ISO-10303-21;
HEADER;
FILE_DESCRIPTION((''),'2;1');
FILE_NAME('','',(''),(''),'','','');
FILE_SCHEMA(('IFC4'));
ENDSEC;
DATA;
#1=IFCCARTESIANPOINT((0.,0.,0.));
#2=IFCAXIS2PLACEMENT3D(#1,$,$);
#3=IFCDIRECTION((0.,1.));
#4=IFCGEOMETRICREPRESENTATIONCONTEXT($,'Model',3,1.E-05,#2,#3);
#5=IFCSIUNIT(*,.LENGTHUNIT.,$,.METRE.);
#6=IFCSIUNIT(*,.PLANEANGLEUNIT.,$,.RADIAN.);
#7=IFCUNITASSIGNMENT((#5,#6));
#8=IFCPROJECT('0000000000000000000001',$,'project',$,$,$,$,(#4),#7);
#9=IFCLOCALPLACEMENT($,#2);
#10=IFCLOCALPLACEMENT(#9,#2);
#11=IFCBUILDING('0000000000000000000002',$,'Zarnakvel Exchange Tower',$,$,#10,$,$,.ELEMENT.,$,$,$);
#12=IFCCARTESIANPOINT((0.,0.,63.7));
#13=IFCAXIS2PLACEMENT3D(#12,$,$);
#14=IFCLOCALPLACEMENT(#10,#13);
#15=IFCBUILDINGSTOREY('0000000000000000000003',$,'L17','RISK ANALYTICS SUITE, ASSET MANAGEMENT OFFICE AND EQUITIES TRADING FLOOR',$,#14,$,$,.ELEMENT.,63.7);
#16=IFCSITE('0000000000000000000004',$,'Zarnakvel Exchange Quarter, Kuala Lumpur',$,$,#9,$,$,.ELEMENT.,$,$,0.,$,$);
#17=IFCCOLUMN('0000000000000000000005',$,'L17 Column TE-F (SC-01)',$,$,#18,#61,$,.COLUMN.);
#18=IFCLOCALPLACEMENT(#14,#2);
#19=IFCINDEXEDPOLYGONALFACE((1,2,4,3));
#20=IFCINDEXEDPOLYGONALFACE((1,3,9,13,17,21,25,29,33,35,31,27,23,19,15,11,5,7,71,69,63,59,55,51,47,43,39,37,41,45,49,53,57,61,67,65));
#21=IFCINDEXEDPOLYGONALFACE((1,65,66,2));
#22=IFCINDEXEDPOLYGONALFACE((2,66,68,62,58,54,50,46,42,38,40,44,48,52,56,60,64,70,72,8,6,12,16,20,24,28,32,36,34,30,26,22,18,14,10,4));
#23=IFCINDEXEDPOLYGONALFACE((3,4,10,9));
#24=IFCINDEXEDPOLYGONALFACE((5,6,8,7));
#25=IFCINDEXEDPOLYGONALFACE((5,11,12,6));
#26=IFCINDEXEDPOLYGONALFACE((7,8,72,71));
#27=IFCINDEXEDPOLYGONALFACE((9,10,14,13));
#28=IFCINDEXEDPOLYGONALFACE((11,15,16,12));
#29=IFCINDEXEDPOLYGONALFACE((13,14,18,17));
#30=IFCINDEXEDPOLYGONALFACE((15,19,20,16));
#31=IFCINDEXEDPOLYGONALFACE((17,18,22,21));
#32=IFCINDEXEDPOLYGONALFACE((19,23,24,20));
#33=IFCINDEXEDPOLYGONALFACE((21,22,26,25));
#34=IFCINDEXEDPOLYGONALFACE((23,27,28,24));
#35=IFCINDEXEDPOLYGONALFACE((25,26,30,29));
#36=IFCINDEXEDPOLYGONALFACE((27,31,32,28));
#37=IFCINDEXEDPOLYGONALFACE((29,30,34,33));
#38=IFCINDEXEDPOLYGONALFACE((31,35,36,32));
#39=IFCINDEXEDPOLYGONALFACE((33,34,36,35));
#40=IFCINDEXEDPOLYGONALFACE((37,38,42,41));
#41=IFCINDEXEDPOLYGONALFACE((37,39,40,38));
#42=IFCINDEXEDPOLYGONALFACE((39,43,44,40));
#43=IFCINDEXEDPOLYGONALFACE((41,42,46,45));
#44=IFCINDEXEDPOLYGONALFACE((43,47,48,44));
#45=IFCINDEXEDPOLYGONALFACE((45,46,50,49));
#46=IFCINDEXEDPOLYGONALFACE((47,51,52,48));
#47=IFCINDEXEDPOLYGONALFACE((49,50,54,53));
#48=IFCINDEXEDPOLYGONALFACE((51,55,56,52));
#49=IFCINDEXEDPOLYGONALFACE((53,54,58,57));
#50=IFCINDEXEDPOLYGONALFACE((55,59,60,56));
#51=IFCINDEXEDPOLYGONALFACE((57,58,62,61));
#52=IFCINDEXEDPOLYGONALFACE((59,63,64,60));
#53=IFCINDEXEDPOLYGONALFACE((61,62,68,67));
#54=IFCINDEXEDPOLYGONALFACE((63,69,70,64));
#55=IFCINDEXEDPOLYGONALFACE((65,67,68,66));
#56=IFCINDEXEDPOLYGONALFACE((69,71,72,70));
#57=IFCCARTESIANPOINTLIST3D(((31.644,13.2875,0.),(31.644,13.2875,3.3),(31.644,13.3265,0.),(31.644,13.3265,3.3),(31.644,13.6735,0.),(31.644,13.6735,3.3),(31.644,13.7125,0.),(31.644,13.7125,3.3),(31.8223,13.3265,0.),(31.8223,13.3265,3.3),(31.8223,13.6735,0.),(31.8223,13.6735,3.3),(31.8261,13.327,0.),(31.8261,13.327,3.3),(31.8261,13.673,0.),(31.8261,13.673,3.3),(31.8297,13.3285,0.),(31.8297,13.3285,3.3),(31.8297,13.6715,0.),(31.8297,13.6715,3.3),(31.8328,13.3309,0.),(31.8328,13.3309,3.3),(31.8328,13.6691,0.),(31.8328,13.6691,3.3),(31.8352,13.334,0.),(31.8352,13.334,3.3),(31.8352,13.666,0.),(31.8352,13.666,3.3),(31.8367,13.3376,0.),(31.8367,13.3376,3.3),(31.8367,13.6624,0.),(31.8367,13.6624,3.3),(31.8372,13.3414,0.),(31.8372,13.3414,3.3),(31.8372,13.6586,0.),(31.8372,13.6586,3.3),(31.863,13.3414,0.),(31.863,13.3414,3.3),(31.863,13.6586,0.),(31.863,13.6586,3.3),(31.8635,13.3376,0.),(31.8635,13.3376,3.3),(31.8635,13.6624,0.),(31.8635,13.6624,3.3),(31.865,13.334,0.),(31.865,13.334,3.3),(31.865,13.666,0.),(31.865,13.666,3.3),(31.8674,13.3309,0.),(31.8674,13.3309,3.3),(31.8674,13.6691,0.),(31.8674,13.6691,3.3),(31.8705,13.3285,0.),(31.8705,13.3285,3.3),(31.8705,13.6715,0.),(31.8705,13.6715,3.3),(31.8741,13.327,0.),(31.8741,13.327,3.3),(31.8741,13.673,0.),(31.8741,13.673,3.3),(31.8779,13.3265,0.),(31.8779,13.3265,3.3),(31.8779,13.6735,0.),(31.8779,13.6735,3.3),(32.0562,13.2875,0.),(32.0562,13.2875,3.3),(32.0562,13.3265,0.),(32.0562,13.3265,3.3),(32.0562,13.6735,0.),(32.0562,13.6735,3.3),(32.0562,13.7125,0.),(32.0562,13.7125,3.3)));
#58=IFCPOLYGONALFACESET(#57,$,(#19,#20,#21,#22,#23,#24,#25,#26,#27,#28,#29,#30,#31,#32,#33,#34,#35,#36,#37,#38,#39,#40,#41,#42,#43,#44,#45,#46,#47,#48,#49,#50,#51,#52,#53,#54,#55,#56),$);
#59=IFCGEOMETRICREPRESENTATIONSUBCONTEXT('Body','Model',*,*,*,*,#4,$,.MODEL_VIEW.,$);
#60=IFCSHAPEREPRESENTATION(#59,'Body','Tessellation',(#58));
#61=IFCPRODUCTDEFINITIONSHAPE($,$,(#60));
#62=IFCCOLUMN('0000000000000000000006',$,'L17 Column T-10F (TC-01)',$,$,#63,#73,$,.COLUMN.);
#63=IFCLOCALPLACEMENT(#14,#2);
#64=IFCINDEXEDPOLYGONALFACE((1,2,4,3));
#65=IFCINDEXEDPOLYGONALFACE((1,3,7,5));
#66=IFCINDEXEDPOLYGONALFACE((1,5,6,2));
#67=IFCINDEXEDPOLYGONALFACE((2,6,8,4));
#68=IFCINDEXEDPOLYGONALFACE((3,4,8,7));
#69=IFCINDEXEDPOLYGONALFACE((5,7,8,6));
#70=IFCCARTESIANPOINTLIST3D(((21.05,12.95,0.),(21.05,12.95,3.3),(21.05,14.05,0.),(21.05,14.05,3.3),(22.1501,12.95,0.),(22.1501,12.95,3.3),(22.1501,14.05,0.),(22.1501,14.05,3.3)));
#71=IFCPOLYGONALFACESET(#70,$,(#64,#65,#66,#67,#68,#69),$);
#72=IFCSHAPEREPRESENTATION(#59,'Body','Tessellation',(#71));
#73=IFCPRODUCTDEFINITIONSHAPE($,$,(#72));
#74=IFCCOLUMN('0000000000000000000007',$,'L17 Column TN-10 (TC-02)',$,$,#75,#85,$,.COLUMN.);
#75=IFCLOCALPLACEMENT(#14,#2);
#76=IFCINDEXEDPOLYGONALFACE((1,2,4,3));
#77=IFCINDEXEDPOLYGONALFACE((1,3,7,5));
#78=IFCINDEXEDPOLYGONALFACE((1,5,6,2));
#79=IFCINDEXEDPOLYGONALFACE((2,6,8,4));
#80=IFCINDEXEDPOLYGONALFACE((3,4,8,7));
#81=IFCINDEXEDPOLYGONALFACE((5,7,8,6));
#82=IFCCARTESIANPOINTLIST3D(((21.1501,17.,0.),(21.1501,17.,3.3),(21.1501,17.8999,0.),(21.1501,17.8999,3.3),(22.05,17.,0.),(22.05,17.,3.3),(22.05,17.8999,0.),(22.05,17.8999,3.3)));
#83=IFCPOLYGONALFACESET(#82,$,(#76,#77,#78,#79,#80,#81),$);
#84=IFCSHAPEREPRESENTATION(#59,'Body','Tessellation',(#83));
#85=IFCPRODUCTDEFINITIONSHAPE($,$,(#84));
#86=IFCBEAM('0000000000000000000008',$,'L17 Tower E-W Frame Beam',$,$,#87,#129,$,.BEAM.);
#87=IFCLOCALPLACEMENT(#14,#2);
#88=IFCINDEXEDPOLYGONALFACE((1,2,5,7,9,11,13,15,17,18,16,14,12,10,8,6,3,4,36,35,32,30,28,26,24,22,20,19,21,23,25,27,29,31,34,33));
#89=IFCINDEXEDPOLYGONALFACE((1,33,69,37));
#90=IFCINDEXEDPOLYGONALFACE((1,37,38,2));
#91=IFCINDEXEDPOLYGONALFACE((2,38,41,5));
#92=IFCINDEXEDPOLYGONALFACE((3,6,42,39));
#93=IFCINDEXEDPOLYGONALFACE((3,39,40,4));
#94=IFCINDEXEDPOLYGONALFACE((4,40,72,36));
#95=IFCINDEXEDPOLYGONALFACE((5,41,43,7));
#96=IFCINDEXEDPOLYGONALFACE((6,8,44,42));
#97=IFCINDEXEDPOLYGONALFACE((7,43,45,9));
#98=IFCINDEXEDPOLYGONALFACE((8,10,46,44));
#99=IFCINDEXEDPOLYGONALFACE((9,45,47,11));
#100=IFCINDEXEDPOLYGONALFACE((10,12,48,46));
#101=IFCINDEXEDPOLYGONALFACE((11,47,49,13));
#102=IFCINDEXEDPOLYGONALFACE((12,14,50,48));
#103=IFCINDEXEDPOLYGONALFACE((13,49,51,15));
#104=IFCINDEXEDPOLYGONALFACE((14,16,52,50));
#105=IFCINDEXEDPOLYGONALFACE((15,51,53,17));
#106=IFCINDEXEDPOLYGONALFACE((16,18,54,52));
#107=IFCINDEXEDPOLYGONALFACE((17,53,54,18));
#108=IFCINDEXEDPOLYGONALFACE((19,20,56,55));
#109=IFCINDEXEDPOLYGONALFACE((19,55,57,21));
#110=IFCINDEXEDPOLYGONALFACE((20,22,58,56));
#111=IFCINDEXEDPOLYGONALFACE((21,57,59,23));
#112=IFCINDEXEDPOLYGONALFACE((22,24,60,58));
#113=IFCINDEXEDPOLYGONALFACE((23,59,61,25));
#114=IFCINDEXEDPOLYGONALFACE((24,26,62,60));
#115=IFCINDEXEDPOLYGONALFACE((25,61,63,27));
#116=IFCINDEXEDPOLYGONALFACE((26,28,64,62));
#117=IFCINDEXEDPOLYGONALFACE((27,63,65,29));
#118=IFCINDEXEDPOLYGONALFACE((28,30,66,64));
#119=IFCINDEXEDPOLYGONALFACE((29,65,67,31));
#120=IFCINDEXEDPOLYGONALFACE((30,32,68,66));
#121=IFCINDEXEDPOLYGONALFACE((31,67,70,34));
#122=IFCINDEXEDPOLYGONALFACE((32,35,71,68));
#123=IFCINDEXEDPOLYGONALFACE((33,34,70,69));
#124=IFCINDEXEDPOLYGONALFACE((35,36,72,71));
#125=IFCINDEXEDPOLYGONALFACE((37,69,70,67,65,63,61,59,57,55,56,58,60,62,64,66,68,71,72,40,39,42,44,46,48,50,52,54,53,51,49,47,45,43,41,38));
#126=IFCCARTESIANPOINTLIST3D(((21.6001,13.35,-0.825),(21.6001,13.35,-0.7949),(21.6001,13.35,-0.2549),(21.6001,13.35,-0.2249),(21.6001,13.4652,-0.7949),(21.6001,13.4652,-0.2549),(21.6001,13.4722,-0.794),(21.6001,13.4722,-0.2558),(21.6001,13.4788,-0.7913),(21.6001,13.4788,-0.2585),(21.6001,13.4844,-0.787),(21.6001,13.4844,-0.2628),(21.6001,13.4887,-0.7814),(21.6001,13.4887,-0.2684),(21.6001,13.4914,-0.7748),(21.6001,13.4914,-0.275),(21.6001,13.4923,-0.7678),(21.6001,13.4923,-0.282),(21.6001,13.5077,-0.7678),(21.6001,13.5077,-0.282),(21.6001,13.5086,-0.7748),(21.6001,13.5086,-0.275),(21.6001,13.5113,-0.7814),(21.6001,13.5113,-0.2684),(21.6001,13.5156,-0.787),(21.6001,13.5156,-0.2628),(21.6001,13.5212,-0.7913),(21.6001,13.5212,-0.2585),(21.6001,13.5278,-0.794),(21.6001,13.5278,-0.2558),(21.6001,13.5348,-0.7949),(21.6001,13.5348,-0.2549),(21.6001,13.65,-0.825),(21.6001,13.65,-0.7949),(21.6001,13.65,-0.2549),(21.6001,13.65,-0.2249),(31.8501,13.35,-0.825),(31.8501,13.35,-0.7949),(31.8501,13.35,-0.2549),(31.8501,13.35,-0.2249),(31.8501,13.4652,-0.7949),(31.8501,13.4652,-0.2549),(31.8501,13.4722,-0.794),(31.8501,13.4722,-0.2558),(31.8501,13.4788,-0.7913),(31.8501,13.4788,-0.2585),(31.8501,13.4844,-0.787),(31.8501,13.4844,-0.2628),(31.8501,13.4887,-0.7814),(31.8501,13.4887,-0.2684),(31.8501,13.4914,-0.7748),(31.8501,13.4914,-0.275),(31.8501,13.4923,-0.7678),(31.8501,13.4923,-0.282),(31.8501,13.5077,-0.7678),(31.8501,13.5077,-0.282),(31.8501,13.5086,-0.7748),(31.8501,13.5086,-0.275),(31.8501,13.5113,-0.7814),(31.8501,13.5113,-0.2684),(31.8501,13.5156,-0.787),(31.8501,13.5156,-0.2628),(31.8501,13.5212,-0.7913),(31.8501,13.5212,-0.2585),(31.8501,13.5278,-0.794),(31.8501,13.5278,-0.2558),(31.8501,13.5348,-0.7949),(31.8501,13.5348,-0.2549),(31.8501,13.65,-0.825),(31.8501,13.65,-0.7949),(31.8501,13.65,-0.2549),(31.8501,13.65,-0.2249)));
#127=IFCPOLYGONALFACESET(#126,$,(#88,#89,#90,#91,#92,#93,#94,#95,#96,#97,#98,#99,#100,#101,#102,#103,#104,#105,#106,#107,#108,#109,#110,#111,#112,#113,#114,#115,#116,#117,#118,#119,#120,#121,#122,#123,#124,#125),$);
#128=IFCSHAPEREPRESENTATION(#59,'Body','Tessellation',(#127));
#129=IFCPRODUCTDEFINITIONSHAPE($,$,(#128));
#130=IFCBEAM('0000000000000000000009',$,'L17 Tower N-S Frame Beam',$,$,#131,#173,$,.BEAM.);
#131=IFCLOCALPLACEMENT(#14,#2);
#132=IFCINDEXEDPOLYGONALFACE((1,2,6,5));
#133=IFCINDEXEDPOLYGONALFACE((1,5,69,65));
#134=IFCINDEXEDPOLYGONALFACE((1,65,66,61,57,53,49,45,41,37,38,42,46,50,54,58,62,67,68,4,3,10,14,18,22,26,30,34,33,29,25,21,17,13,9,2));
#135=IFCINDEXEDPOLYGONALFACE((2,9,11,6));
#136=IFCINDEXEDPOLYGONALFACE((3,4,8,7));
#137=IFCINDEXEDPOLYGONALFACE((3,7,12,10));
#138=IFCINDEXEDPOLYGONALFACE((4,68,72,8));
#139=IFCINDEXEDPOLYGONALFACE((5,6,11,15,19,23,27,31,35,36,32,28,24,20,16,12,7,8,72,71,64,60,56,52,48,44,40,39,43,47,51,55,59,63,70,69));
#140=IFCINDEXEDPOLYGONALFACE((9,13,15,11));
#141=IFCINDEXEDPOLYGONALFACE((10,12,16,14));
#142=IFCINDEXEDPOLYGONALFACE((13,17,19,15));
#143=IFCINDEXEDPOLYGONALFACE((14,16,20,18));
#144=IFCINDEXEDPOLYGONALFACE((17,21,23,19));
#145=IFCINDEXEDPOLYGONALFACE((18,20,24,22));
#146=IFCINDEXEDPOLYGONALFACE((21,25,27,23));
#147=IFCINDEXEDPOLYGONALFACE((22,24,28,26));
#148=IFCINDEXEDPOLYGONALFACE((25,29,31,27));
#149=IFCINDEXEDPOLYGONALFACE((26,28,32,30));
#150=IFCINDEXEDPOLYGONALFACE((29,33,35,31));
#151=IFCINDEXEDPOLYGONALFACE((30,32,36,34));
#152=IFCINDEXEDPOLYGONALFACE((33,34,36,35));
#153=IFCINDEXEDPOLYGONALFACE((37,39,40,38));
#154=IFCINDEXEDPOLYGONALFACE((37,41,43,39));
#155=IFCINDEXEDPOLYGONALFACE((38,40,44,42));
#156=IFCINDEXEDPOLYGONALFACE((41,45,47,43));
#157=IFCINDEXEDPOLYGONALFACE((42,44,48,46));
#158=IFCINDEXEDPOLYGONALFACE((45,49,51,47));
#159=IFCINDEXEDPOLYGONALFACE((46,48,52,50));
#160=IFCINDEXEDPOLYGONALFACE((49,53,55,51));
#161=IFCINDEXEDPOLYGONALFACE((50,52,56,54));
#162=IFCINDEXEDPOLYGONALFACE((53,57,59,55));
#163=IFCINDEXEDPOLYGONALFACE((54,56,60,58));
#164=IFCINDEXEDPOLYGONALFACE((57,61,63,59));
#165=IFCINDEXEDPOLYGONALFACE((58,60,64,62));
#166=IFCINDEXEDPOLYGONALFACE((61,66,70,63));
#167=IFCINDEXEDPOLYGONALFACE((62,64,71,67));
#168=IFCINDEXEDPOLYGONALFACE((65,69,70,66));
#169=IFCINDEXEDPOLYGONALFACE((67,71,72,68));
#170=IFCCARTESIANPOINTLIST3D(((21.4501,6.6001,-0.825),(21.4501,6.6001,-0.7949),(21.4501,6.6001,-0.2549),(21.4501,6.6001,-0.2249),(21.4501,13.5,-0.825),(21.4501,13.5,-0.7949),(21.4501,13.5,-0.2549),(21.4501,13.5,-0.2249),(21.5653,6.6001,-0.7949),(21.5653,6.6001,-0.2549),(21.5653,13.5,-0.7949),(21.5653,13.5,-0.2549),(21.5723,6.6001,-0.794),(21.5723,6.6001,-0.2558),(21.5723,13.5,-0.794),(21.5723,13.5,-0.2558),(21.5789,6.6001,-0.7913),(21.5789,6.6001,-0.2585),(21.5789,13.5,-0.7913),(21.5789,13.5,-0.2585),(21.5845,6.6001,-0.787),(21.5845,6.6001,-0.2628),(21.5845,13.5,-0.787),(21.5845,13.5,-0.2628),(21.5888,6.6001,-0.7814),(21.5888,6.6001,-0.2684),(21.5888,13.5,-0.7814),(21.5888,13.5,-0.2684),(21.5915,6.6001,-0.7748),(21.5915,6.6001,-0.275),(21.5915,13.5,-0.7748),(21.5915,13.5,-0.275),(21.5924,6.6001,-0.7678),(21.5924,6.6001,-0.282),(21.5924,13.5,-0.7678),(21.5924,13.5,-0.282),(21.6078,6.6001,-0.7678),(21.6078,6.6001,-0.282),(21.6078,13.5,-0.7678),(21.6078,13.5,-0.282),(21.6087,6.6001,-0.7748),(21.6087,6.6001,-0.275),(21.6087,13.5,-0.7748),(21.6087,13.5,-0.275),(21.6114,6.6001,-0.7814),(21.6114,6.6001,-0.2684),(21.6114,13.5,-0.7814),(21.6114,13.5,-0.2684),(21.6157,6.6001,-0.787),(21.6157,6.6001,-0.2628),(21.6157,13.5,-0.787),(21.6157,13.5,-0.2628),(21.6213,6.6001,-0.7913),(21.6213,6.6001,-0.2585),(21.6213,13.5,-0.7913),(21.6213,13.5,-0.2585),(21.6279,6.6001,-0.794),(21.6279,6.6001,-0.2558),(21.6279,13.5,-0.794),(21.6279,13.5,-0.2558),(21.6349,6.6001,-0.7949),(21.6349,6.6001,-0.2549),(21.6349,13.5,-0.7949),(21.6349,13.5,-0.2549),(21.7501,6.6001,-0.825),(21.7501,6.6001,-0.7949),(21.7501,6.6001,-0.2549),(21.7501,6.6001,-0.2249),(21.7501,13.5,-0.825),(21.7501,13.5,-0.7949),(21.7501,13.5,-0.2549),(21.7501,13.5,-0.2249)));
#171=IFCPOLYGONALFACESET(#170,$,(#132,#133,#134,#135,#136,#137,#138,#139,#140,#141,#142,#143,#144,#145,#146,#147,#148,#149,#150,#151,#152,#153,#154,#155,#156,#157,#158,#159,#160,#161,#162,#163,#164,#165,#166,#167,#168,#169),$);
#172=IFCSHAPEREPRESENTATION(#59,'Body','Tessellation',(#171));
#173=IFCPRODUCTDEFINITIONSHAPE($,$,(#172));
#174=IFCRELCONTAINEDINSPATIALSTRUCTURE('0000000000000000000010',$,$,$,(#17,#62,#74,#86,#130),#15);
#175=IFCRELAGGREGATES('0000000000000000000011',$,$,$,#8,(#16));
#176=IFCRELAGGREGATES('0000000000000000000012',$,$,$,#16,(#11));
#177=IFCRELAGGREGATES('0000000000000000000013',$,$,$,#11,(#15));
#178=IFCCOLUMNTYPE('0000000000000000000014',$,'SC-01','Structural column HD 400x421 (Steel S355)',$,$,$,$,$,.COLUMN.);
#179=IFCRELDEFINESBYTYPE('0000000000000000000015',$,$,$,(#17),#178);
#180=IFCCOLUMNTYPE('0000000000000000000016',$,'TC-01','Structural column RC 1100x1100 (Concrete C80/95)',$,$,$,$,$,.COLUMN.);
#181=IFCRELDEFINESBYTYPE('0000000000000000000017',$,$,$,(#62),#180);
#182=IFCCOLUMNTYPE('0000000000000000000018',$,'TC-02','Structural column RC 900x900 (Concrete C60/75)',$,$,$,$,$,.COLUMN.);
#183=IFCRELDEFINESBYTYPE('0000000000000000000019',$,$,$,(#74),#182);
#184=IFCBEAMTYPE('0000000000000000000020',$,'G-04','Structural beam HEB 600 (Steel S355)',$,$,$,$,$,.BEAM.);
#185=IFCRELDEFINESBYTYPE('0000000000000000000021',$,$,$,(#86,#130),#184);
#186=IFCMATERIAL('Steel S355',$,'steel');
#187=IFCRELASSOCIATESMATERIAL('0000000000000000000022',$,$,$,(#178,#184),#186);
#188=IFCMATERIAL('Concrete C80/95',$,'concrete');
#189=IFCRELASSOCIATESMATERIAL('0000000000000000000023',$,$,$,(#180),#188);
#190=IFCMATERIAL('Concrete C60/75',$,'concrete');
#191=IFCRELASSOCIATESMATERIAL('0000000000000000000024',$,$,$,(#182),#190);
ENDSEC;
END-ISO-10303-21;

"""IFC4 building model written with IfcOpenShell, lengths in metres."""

from ifc_helpers import new_model, si_unit, direction, frame, origin, origin_2d, place, context, subcontext, project, spatial, rectangle, i_section, extrude, material, material_profile, profile_set, type_object, element, save


model = new_model("IFC4")

# Units and contexts
model_context = context("Model", 3, precision=1e-05, world=origin(), true_north=direction((0.0, 1.0)))
body_context = subcontext(model_context, "Body", "Model", "MODEL_VIEW")
ifc_project = project(units=[si_unit("LENGTHUNIT", "METRE"), si_unit("PLANEANGLEUNIT", "RADIAN")], contexts=[model_context])

# Site, building, storey
site_placement = place(None, origin())
site = spatial("IfcSite", under=ifc_project, at=site_placement, Name="Zarnakvel Exchange Quarter, Kuala Lumpur", CompositionType="ELEMENT", RefElevation=0.0)
building_placement = place(site_placement, origin())
building = spatial("IfcBuilding", under=site, at=building_placement, Name="Zarnakvel Exchange Tower", CompositionType="ELEMENT")
storey_placement = place(building_placement, frame((0.0, 0.0, 63.7)))
storey = spatial("IfcBuildingStorey", under=building, at=storey_placement, Name="L17", Description="RISK ANALYTICS SUITE, ASSET MANAGEMENT OFFICE AND EQUITIES TRADING FLOOR", CompositionType="ELEMENT", Elevation=63.7)

# Columns
ifc_material_1 = material(Name="Steel S355", Category="steel")
ifc_material_profile_1 = material_profile(ifc_material_1, i_section(OverallWidth=0.4121, OverallDepth=0.425, WebThickness=0.0259, FlangeThickness=0.0391, FilletRadius=0.0149, at=origin_2d()))
ifc_profile_set_1 = profile_set([ifc_material_profile_1], Name="Steel S355")
column_type_1 = type_object("IfcColumnType", Name="SC-01", Description="Structural column HD 400x421 (Steel S355)", PredefinedType="COLUMN", material=ifc_profile_set_1)
column_1_placement = place(storey_placement, frame((31.8501, 13.5, 0.0), z_axis=(0.0, 0.0, 1.0), x_axis=(1.0, 0.0, 0.0)))
element("IfcColumn", 1, at=column_1_placement, inside=storey, type_object=column_type_1, Name="L17 Column TE-F (SC-01)", PredefinedType="COLUMN", context=body_context, shape_type="SweptSolid", body=[
    extrude(i_section(OverallWidth=0.4121, OverallDepth=0.425, WebThickness=0.0259, FlangeThickness=0.0391, FilletRadius=0.0149, at=origin_2d()), origin(), (0.0, 0.0, 1.0), 3.3),
])
ifc_material_2 = material(Name="Concrete C80/95", Category="concrete")
ifc_material_profile_2 = material_profile(ifc_material_2, rectangle(XDim=1.1001, YDim=1.1001, at=origin_2d()))
ifc_profile_set_2 = profile_set([ifc_material_profile_2], Name="Concrete C80/95")
column_type_2 = type_object("IfcColumnType", Name="TC-01", Description="Structural column RC 1100x1100 (Concrete C80/95)", PredefinedType="COLUMN", material=ifc_profile_set_2)
column_2_placement = place(storey_placement, frame((21.6001, 13.5, 0.0), z_axis=(0.0, 0.0, 1.0), x_axis=(1.0, 0.0, 0.0)))
element("IfcColumn", 2, at=column_2_placement, inside=storey, type_object=column_type_2, Name="L17 Column T-10F (TC-01)", PredefinedType="COLUMN", context=body_context, shape_type="SweptSolid", body=[
    extrude(rectangle(XDim=1.1001, YDim=1.1001, at=origin_2d()), origin(), (0.0, 0.0, 1.0), 3.3),
])
ifc_material_3 = material(Name="Concrete C60/75", Category="concrete")
ifc_material_profile_3 = material_profile(ifc_material_3, rectangle(XDim=0.8999, YDim=0.8999, at=origin_2d()))
ifc_profile_set_3 = profile_set([ifc_material_profile_3], Name="Concrete C60/75")
column_type_3 = type_object("IfcColumnType", Name="TC-02", Description="Structural column RC 900x900 (Concrete C60/75)", PredefinedType="COLUMN", material=ifc_profile_set_3)
column_3_placement = place(storey_placement, frame((21.6001, 17.45, 0.0), z_axis=(0.0, 0.0, 1.0), x_axis=(1.0, 0.0, 0.0)))
element("IfcColumn", 3, at=column_3_placement, inside=storey, type_object=column_type_3, Name="L17 Column TN-10 (TC-02)", PredefinedType="COLUMN", context=body_context, shape_type="SweptSolid", body=[
    extrude(rectangle(XDim=0.8999, YDim=0.8999, at=origin_2d()), origin(), (0.0, 0.0, 1.0), 3.3),
])

# Beams
ifc_material_profile_4 = material_profile(ifc_material_1, i_section(OverallWidth=0.3, OverallDepth=0.6001, WebThickness=0.0154, FlangeThickness=0.03, FilletRadius=0.0271, at=origin_2d()))
ifc_profile_set_4 = profile_set([ifc_material_profile_4], Name="Steel S355")
beam_type = type_object("IfcBeamType", Name="G-04", Description="Structural beam HEB 600 (Steel S355)", PredefinedType="BEAM", material=ifc_profile_set_4)
beam_1_placement = place(storey_placement, frame((21.6001, 13.5, -0.5249), z_axis=(1.0, 0.0, 0.0), x_axis=(0.0, 1.0, 0.0)))
element("IfcBeam", 4, at=beam_1_placement, inside=storey, type_object=beam_type, Name="L17 Tower E-W Frame Beam", PredefinedType="BEAM", context=body_context, shape_type="SweptSolid", body=[
    extrude(i_section(OverallWidth=0.3, OverallDepth=0.6001, WebThickness=0.0154, FlangeThickness=0.03, FilletRadius=0.0271, at=origin_2d()), origin(), (0.0, 0.0, 1.0), 10.25),
])
beam_2_placement = place(storey_placement, frame((21.6001, 6.6001, -0.5249), z_axis=(0.0, 1.0, 0.0), x_axis=(-1.0, 0.0, 0.0)))
element("IfcBeam", 5, at=beam_2_placement, inside=storey, type_object=beam_type, Name="L17 Tower N-S Frame Beam", PredefinedType="BEAM", context=body_context, shape_type="SweptSolid", body=[
    extrude(i_section(OverallWidth=0.3, OverallDepth=0.6001, WebThickness=0.0154, FlangeThickness=0.03, FilletRadius=0.0271, at=origin_2d()), origin(), (0.0, 0.0, 1.0), 6.8999),
])

save(model, "model.ifc")
